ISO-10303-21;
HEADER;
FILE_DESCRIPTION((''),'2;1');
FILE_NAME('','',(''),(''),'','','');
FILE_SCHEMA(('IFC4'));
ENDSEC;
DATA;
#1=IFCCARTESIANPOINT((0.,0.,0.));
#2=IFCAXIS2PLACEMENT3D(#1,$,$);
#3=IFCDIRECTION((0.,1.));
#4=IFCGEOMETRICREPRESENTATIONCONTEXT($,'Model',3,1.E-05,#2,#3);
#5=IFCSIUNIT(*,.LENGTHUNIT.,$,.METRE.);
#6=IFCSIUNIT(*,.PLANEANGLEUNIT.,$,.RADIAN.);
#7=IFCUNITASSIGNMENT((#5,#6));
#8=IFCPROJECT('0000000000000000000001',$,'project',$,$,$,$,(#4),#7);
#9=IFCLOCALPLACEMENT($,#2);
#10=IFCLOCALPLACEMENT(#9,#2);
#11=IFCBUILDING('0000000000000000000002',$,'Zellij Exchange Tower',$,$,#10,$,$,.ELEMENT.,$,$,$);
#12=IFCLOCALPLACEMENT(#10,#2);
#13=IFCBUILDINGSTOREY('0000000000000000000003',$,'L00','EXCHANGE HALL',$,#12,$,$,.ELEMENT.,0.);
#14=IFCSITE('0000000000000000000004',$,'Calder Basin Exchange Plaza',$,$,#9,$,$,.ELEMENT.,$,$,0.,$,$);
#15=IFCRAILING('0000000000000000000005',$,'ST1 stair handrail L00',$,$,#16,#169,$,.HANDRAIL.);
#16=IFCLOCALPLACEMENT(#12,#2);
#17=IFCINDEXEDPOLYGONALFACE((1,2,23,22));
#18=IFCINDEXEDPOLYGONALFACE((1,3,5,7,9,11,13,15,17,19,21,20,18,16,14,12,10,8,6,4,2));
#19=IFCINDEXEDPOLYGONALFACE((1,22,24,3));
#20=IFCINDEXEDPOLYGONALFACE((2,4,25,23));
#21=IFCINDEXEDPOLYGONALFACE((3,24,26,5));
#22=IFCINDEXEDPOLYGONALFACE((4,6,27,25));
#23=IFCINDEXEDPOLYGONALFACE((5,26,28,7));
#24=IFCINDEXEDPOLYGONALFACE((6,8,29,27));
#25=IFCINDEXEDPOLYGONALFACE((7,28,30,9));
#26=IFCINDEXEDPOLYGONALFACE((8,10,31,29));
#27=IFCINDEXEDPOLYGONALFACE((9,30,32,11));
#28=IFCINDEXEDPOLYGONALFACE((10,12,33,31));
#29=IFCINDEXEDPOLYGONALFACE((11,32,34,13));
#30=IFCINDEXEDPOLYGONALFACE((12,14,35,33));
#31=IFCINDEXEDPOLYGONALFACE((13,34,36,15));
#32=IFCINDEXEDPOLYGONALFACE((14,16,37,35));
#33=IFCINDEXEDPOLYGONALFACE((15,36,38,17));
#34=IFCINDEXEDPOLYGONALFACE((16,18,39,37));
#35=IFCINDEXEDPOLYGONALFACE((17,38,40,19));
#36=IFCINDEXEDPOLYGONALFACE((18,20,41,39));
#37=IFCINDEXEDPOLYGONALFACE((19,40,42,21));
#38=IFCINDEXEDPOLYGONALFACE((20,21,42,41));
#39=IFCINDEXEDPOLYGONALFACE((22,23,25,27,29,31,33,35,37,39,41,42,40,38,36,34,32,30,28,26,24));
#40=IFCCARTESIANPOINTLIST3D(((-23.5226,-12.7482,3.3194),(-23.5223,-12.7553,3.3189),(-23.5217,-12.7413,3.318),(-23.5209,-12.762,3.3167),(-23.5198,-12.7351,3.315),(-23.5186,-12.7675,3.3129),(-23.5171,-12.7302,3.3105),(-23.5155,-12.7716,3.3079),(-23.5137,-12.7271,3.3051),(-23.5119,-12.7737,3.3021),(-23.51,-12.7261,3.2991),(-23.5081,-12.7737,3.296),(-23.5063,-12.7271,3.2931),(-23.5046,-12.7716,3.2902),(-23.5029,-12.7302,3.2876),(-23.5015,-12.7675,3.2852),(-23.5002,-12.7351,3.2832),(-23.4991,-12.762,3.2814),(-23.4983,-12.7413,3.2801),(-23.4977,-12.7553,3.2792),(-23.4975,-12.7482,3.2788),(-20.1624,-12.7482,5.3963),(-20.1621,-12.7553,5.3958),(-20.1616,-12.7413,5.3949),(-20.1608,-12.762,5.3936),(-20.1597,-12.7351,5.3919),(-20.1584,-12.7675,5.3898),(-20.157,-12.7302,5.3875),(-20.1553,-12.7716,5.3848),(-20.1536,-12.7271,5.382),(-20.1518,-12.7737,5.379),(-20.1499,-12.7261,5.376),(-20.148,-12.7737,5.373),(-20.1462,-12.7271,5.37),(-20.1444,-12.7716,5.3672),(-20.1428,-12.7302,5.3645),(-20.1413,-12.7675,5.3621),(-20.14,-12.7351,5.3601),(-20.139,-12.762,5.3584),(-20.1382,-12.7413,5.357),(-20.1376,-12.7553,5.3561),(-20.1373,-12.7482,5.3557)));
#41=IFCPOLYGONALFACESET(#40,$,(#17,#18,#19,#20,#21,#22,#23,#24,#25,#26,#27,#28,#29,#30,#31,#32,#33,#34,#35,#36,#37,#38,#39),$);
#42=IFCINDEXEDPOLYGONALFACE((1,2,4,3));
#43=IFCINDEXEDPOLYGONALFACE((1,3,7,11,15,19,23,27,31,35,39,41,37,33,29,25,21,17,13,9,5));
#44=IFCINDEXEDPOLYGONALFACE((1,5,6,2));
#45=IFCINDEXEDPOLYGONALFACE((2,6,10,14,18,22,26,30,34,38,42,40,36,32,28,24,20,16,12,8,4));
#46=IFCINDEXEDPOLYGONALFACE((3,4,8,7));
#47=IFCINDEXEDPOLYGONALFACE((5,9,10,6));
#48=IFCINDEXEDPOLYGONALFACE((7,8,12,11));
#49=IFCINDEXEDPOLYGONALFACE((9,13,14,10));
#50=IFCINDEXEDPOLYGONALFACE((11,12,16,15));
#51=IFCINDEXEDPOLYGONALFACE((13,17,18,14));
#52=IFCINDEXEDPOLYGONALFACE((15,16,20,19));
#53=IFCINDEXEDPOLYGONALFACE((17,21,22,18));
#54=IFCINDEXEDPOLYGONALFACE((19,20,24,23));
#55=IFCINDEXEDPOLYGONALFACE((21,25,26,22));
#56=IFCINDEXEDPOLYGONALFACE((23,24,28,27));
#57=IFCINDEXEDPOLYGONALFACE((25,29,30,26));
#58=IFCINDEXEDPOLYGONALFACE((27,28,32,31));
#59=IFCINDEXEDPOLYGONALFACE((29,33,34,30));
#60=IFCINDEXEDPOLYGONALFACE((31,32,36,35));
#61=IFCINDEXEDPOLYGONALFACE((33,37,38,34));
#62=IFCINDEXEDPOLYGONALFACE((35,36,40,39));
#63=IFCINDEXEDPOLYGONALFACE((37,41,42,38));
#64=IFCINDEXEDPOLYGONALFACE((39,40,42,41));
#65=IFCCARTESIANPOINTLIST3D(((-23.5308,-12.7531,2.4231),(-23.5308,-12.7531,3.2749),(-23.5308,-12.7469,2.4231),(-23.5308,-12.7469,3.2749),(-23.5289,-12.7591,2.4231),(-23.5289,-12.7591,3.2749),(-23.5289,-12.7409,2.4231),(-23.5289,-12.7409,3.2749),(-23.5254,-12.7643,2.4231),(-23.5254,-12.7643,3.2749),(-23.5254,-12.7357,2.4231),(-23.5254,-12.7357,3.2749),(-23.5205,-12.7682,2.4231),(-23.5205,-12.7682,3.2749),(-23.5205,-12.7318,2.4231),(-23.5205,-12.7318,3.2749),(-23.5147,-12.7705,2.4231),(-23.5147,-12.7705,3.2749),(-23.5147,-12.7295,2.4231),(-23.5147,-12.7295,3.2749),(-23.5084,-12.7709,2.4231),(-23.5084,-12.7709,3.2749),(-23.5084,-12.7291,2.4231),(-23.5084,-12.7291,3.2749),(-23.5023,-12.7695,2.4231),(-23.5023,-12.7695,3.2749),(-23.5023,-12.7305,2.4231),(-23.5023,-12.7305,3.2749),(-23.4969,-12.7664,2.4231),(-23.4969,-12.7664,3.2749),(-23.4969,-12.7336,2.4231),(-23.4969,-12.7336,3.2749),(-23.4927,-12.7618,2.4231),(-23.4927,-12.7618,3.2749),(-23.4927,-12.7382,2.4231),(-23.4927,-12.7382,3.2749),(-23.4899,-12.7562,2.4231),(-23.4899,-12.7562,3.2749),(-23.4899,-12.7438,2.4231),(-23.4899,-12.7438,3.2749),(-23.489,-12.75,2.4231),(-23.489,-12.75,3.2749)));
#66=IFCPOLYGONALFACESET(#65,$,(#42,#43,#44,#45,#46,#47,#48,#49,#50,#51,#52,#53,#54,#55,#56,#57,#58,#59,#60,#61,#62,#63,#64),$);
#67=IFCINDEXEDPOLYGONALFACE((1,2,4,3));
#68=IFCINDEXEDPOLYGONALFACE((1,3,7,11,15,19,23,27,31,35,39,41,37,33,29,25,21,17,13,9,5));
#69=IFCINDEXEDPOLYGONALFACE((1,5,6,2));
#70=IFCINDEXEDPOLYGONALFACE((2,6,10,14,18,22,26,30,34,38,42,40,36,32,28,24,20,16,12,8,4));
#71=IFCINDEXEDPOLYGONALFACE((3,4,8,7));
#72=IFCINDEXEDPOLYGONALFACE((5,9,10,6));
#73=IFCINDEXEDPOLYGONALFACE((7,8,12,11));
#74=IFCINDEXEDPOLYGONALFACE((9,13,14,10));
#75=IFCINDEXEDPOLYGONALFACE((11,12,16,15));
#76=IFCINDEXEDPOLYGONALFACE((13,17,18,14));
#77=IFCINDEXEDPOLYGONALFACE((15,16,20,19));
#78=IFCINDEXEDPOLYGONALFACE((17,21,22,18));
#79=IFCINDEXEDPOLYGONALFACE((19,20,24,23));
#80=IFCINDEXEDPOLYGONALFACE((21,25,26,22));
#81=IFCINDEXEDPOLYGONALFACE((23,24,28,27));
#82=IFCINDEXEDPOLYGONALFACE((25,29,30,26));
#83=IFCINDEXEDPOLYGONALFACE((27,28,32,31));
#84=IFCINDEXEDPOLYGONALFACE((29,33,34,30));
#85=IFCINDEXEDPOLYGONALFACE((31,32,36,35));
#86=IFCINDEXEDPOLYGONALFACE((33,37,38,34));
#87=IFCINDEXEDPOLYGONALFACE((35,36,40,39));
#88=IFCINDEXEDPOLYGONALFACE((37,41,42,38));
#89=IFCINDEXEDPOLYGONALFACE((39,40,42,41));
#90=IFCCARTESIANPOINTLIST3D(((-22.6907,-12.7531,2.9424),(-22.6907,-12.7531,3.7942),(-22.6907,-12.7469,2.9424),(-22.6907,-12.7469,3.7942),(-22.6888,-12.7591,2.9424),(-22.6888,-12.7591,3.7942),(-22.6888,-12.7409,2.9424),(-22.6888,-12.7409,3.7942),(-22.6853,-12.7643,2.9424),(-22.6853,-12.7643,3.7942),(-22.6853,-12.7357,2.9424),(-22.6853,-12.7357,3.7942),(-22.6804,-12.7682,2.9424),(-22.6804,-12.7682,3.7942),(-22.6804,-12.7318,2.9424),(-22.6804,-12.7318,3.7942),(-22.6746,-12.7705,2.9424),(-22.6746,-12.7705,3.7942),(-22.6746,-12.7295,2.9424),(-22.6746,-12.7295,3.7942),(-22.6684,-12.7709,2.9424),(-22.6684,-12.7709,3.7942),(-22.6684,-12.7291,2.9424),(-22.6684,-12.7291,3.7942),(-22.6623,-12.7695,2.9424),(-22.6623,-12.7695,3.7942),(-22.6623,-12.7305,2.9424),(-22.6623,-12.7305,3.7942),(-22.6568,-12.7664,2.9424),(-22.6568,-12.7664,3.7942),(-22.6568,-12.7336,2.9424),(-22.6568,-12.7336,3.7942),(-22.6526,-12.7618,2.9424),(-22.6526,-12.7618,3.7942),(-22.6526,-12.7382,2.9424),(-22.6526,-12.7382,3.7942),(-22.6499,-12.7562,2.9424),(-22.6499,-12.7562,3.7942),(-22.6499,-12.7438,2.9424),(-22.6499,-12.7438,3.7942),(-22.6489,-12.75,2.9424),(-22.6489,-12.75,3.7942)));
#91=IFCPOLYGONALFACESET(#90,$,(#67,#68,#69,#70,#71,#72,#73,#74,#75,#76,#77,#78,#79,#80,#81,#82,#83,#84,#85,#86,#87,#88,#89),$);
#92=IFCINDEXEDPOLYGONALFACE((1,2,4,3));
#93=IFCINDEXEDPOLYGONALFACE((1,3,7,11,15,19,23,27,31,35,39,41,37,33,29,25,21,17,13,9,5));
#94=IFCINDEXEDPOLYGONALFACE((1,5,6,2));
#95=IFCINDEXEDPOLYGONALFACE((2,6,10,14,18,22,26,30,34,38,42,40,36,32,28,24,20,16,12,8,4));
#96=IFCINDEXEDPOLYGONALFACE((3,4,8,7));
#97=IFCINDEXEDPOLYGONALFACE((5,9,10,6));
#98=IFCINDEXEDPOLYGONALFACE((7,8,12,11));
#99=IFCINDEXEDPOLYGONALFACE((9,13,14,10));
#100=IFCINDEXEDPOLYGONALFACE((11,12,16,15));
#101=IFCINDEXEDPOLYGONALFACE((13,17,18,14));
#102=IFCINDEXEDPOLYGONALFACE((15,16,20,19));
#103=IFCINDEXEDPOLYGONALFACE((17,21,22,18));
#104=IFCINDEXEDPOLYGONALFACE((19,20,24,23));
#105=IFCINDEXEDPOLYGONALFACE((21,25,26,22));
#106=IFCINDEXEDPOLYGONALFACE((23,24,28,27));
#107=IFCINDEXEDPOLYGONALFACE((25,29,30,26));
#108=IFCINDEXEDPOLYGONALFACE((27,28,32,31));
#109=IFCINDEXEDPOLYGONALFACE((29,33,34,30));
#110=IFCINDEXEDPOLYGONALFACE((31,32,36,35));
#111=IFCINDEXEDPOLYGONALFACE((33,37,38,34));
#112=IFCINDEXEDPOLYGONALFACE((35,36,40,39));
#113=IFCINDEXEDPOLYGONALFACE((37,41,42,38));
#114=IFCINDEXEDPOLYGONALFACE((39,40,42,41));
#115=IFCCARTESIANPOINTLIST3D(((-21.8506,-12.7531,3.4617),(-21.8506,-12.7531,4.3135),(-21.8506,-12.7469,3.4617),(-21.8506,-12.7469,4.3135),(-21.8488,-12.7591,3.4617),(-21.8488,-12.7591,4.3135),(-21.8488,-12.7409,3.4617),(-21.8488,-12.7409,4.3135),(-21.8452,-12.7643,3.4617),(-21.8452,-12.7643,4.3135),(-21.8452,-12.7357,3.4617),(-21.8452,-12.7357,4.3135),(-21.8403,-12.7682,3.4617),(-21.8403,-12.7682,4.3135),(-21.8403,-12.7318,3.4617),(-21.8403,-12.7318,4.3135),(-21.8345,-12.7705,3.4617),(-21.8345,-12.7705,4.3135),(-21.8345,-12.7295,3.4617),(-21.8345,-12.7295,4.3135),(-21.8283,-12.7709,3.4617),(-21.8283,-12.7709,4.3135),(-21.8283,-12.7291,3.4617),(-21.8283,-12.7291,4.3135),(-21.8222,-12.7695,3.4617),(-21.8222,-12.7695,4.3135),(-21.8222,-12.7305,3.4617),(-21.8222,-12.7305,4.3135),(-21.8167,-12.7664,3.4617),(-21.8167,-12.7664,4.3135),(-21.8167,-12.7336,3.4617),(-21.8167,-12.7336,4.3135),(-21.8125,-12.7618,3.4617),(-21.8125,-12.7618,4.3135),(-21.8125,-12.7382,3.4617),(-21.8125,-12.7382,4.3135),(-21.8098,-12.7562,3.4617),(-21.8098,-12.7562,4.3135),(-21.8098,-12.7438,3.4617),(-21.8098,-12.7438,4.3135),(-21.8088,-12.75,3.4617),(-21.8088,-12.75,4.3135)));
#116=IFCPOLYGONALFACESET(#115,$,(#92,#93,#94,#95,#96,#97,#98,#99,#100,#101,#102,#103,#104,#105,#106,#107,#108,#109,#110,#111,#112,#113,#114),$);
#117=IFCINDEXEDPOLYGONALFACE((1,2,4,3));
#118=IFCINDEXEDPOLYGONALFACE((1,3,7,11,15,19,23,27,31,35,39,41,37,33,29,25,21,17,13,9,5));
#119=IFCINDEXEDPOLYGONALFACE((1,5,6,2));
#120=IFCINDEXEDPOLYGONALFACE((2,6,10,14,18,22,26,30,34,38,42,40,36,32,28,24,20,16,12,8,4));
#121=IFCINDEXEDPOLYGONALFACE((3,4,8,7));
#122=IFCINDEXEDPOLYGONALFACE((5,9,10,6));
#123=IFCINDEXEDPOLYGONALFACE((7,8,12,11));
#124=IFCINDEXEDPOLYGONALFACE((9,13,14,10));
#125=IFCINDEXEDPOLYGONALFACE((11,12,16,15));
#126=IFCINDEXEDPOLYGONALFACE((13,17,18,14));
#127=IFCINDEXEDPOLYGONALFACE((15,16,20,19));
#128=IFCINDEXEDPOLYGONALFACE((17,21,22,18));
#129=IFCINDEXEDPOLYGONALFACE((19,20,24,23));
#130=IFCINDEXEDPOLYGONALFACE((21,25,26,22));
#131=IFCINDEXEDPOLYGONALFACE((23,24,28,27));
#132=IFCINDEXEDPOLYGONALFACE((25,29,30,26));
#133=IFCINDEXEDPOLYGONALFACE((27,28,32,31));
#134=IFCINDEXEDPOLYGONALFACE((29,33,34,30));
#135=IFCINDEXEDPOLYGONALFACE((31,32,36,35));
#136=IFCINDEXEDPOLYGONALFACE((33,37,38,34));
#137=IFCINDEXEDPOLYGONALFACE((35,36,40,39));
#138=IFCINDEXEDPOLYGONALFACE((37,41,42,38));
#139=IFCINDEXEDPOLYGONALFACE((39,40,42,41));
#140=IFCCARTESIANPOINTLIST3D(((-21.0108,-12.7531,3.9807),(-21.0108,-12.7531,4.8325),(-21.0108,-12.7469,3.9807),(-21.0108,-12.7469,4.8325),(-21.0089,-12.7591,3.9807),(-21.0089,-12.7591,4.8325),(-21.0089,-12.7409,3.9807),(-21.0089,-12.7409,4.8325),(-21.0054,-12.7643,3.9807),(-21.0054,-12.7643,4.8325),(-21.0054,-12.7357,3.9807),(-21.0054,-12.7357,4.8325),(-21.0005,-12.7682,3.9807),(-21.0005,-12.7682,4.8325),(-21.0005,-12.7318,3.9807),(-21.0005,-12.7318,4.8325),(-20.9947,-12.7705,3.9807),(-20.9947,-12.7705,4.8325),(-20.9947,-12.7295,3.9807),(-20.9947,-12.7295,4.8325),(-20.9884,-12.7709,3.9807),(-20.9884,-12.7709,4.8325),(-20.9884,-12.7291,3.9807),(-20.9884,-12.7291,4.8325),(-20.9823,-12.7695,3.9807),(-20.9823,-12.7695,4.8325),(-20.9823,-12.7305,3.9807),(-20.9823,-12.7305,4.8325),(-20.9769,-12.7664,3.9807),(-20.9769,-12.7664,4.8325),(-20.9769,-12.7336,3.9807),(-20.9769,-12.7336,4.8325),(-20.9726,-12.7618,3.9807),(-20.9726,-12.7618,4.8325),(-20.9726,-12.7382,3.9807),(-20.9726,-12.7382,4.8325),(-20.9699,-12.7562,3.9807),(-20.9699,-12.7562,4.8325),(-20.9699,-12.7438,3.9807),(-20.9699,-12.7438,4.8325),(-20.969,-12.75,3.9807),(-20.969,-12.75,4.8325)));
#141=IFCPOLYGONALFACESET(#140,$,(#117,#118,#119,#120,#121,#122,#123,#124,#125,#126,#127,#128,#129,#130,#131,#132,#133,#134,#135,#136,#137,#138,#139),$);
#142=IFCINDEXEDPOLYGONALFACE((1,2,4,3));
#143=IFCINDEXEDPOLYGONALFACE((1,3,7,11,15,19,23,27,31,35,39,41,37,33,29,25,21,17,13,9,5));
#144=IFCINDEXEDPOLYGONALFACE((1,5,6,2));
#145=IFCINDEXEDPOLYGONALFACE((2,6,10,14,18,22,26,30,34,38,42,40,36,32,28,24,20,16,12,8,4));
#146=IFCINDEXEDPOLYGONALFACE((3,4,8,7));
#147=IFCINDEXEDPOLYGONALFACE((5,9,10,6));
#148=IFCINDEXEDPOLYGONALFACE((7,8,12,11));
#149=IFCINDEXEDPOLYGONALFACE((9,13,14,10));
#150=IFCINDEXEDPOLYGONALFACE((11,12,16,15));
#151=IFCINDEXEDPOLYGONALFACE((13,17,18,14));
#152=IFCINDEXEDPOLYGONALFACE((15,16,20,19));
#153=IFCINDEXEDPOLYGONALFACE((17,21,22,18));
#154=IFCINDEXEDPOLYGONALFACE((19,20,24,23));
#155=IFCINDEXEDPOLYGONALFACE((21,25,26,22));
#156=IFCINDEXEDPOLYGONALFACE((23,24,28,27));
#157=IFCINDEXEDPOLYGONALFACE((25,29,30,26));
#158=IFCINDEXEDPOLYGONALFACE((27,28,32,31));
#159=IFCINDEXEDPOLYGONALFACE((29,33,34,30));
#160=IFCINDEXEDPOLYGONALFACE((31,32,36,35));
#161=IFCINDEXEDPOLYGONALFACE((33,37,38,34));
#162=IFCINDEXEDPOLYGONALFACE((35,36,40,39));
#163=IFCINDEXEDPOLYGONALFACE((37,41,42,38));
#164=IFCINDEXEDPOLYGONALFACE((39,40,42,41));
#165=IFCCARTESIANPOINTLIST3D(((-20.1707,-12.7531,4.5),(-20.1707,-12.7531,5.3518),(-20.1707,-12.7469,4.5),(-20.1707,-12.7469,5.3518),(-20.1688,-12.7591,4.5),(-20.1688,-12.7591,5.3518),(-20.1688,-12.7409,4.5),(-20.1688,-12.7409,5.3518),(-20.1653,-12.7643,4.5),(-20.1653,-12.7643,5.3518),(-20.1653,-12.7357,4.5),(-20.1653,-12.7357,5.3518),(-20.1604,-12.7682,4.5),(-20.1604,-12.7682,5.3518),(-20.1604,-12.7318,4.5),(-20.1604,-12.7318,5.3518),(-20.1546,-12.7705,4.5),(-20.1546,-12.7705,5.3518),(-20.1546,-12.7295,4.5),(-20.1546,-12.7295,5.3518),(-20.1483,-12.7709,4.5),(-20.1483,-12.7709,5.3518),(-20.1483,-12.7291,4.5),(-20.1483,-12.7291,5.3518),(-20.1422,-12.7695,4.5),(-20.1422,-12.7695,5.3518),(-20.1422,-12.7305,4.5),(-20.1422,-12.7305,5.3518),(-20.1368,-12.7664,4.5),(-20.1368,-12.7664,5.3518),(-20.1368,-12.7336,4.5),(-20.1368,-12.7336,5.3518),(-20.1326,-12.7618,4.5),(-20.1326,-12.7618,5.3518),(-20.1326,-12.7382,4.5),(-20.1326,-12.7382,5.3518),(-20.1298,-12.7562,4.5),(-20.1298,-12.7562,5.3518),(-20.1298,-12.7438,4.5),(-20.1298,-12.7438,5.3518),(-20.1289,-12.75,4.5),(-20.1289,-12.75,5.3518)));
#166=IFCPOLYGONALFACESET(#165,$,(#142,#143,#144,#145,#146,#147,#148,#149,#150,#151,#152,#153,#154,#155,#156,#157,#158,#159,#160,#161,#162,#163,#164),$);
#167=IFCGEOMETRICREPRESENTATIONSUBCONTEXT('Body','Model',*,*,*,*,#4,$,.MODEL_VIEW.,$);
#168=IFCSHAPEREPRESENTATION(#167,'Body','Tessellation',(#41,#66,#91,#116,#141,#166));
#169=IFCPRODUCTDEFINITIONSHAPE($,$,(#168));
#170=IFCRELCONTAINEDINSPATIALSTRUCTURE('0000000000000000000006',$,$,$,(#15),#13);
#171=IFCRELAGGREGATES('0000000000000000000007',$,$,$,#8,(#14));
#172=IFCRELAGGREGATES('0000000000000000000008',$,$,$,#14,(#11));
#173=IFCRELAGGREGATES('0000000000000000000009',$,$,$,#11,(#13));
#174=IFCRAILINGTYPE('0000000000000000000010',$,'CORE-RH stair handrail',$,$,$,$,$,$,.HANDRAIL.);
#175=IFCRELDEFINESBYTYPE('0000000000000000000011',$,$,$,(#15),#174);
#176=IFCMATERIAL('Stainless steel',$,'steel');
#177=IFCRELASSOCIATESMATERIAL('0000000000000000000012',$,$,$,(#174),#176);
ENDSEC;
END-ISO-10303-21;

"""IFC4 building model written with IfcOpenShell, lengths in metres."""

from ifc_helpers import new_model, si_unit, direction, frame, origin, origin_2d, place, context, subcontext, project, spatial, circle, extrude, material, type_object, element, save


model = new_model("IFC4")

# Units and contexts
model_context = context("Model", 3, precision=1e-05, world=origin(), true_north=direction((0.0, 1.0)))
body_context = subcontext(model_context, "Body", "Model", "MODEL_VIEW")
ifc_project = project(units=[si_unit("LENGTHUNIT", "METRE"), si_unit("PLANEANGLEUNIT", "RADIAN")], contexts=[model_context])

# Site, building, storey
site_placement = place(None, origin())
site = spatial("IfcSite", under=ifc_project, at=site_placement, Name="Calder Basin Exchange Plaza", CompositionType="ELEMENT", RefElevation=0.0)
building_placement = place(site_placement, origin())
building = spatial("IfcBuilding", under=site, at=building_placement, Name="Zellij Exchange Tower", CompositionType="ELEMENT")
storey_placement = place(building_placement, origin())
storey = spatial("IfcBuildingStorey", under=building, at=storey_placement, Name="L00", Description="EXCHANGE HALL", CompositionType="ELEMENT", Elevation=0.0)

# Railing
ifc_material_1 = material(Name="Stainless steel", Category="steel")
railing_type_1 = type_object("IfcRailingType", Name="CORE-RH stair handrail", PredefinedType="HANDRAIL", material=ifc_material_1)
railing_1_placement = place(storey_placement, frame((-23.51, -12.75, 2.4231)))
element("IfcRailing", 1, at=railing_1_placement, inside=storey, type_object=railing_type_1, Name="ST1 stair handrail L00", PredefinedType="HANDRAIL", context=body_context, shape_type="SweptSolid", body=[
    extrude(circle(Radius=0.0239, at=origin_2d()), frame((0.0, 0.0, 0.876), z_axis=(0.850623, 0.0, 0.525776), x_axis=(0.0, 1.0, 0.0)), (0.0, 0.0, 1.0), 3.9502),
    extrude(circle(Radius=0.021, at=origin_2d()), origin(), (0.0, 0.0, 1.0), 0.8518),
    extrude(circle(Radius=0.021, at=origin_2d()), frame((0.8401, 0.0, 0.5193)), (0.0, 0.0, 1.0), 0.8518),
    extrude(circle(Radius=0.021, at=origin_2d()), frame((1.6802, 0.0, 1.0386)), (0.0, 0.0, 1.0), 0.8518),
    extrude(circle(Radius=0.021, at=origin_2d()), frame((2.52, 0.0, 1.5576)), (0.0, 0.0, 1.0), 0.8518),
    extrude(circle(Radius=0.021, at=origin_2d()), frame((3.3601, 0.0, 2.0769)), (0.0, 0.0, 1.0), 0.8518),
])

save(model, "model.ifc")
